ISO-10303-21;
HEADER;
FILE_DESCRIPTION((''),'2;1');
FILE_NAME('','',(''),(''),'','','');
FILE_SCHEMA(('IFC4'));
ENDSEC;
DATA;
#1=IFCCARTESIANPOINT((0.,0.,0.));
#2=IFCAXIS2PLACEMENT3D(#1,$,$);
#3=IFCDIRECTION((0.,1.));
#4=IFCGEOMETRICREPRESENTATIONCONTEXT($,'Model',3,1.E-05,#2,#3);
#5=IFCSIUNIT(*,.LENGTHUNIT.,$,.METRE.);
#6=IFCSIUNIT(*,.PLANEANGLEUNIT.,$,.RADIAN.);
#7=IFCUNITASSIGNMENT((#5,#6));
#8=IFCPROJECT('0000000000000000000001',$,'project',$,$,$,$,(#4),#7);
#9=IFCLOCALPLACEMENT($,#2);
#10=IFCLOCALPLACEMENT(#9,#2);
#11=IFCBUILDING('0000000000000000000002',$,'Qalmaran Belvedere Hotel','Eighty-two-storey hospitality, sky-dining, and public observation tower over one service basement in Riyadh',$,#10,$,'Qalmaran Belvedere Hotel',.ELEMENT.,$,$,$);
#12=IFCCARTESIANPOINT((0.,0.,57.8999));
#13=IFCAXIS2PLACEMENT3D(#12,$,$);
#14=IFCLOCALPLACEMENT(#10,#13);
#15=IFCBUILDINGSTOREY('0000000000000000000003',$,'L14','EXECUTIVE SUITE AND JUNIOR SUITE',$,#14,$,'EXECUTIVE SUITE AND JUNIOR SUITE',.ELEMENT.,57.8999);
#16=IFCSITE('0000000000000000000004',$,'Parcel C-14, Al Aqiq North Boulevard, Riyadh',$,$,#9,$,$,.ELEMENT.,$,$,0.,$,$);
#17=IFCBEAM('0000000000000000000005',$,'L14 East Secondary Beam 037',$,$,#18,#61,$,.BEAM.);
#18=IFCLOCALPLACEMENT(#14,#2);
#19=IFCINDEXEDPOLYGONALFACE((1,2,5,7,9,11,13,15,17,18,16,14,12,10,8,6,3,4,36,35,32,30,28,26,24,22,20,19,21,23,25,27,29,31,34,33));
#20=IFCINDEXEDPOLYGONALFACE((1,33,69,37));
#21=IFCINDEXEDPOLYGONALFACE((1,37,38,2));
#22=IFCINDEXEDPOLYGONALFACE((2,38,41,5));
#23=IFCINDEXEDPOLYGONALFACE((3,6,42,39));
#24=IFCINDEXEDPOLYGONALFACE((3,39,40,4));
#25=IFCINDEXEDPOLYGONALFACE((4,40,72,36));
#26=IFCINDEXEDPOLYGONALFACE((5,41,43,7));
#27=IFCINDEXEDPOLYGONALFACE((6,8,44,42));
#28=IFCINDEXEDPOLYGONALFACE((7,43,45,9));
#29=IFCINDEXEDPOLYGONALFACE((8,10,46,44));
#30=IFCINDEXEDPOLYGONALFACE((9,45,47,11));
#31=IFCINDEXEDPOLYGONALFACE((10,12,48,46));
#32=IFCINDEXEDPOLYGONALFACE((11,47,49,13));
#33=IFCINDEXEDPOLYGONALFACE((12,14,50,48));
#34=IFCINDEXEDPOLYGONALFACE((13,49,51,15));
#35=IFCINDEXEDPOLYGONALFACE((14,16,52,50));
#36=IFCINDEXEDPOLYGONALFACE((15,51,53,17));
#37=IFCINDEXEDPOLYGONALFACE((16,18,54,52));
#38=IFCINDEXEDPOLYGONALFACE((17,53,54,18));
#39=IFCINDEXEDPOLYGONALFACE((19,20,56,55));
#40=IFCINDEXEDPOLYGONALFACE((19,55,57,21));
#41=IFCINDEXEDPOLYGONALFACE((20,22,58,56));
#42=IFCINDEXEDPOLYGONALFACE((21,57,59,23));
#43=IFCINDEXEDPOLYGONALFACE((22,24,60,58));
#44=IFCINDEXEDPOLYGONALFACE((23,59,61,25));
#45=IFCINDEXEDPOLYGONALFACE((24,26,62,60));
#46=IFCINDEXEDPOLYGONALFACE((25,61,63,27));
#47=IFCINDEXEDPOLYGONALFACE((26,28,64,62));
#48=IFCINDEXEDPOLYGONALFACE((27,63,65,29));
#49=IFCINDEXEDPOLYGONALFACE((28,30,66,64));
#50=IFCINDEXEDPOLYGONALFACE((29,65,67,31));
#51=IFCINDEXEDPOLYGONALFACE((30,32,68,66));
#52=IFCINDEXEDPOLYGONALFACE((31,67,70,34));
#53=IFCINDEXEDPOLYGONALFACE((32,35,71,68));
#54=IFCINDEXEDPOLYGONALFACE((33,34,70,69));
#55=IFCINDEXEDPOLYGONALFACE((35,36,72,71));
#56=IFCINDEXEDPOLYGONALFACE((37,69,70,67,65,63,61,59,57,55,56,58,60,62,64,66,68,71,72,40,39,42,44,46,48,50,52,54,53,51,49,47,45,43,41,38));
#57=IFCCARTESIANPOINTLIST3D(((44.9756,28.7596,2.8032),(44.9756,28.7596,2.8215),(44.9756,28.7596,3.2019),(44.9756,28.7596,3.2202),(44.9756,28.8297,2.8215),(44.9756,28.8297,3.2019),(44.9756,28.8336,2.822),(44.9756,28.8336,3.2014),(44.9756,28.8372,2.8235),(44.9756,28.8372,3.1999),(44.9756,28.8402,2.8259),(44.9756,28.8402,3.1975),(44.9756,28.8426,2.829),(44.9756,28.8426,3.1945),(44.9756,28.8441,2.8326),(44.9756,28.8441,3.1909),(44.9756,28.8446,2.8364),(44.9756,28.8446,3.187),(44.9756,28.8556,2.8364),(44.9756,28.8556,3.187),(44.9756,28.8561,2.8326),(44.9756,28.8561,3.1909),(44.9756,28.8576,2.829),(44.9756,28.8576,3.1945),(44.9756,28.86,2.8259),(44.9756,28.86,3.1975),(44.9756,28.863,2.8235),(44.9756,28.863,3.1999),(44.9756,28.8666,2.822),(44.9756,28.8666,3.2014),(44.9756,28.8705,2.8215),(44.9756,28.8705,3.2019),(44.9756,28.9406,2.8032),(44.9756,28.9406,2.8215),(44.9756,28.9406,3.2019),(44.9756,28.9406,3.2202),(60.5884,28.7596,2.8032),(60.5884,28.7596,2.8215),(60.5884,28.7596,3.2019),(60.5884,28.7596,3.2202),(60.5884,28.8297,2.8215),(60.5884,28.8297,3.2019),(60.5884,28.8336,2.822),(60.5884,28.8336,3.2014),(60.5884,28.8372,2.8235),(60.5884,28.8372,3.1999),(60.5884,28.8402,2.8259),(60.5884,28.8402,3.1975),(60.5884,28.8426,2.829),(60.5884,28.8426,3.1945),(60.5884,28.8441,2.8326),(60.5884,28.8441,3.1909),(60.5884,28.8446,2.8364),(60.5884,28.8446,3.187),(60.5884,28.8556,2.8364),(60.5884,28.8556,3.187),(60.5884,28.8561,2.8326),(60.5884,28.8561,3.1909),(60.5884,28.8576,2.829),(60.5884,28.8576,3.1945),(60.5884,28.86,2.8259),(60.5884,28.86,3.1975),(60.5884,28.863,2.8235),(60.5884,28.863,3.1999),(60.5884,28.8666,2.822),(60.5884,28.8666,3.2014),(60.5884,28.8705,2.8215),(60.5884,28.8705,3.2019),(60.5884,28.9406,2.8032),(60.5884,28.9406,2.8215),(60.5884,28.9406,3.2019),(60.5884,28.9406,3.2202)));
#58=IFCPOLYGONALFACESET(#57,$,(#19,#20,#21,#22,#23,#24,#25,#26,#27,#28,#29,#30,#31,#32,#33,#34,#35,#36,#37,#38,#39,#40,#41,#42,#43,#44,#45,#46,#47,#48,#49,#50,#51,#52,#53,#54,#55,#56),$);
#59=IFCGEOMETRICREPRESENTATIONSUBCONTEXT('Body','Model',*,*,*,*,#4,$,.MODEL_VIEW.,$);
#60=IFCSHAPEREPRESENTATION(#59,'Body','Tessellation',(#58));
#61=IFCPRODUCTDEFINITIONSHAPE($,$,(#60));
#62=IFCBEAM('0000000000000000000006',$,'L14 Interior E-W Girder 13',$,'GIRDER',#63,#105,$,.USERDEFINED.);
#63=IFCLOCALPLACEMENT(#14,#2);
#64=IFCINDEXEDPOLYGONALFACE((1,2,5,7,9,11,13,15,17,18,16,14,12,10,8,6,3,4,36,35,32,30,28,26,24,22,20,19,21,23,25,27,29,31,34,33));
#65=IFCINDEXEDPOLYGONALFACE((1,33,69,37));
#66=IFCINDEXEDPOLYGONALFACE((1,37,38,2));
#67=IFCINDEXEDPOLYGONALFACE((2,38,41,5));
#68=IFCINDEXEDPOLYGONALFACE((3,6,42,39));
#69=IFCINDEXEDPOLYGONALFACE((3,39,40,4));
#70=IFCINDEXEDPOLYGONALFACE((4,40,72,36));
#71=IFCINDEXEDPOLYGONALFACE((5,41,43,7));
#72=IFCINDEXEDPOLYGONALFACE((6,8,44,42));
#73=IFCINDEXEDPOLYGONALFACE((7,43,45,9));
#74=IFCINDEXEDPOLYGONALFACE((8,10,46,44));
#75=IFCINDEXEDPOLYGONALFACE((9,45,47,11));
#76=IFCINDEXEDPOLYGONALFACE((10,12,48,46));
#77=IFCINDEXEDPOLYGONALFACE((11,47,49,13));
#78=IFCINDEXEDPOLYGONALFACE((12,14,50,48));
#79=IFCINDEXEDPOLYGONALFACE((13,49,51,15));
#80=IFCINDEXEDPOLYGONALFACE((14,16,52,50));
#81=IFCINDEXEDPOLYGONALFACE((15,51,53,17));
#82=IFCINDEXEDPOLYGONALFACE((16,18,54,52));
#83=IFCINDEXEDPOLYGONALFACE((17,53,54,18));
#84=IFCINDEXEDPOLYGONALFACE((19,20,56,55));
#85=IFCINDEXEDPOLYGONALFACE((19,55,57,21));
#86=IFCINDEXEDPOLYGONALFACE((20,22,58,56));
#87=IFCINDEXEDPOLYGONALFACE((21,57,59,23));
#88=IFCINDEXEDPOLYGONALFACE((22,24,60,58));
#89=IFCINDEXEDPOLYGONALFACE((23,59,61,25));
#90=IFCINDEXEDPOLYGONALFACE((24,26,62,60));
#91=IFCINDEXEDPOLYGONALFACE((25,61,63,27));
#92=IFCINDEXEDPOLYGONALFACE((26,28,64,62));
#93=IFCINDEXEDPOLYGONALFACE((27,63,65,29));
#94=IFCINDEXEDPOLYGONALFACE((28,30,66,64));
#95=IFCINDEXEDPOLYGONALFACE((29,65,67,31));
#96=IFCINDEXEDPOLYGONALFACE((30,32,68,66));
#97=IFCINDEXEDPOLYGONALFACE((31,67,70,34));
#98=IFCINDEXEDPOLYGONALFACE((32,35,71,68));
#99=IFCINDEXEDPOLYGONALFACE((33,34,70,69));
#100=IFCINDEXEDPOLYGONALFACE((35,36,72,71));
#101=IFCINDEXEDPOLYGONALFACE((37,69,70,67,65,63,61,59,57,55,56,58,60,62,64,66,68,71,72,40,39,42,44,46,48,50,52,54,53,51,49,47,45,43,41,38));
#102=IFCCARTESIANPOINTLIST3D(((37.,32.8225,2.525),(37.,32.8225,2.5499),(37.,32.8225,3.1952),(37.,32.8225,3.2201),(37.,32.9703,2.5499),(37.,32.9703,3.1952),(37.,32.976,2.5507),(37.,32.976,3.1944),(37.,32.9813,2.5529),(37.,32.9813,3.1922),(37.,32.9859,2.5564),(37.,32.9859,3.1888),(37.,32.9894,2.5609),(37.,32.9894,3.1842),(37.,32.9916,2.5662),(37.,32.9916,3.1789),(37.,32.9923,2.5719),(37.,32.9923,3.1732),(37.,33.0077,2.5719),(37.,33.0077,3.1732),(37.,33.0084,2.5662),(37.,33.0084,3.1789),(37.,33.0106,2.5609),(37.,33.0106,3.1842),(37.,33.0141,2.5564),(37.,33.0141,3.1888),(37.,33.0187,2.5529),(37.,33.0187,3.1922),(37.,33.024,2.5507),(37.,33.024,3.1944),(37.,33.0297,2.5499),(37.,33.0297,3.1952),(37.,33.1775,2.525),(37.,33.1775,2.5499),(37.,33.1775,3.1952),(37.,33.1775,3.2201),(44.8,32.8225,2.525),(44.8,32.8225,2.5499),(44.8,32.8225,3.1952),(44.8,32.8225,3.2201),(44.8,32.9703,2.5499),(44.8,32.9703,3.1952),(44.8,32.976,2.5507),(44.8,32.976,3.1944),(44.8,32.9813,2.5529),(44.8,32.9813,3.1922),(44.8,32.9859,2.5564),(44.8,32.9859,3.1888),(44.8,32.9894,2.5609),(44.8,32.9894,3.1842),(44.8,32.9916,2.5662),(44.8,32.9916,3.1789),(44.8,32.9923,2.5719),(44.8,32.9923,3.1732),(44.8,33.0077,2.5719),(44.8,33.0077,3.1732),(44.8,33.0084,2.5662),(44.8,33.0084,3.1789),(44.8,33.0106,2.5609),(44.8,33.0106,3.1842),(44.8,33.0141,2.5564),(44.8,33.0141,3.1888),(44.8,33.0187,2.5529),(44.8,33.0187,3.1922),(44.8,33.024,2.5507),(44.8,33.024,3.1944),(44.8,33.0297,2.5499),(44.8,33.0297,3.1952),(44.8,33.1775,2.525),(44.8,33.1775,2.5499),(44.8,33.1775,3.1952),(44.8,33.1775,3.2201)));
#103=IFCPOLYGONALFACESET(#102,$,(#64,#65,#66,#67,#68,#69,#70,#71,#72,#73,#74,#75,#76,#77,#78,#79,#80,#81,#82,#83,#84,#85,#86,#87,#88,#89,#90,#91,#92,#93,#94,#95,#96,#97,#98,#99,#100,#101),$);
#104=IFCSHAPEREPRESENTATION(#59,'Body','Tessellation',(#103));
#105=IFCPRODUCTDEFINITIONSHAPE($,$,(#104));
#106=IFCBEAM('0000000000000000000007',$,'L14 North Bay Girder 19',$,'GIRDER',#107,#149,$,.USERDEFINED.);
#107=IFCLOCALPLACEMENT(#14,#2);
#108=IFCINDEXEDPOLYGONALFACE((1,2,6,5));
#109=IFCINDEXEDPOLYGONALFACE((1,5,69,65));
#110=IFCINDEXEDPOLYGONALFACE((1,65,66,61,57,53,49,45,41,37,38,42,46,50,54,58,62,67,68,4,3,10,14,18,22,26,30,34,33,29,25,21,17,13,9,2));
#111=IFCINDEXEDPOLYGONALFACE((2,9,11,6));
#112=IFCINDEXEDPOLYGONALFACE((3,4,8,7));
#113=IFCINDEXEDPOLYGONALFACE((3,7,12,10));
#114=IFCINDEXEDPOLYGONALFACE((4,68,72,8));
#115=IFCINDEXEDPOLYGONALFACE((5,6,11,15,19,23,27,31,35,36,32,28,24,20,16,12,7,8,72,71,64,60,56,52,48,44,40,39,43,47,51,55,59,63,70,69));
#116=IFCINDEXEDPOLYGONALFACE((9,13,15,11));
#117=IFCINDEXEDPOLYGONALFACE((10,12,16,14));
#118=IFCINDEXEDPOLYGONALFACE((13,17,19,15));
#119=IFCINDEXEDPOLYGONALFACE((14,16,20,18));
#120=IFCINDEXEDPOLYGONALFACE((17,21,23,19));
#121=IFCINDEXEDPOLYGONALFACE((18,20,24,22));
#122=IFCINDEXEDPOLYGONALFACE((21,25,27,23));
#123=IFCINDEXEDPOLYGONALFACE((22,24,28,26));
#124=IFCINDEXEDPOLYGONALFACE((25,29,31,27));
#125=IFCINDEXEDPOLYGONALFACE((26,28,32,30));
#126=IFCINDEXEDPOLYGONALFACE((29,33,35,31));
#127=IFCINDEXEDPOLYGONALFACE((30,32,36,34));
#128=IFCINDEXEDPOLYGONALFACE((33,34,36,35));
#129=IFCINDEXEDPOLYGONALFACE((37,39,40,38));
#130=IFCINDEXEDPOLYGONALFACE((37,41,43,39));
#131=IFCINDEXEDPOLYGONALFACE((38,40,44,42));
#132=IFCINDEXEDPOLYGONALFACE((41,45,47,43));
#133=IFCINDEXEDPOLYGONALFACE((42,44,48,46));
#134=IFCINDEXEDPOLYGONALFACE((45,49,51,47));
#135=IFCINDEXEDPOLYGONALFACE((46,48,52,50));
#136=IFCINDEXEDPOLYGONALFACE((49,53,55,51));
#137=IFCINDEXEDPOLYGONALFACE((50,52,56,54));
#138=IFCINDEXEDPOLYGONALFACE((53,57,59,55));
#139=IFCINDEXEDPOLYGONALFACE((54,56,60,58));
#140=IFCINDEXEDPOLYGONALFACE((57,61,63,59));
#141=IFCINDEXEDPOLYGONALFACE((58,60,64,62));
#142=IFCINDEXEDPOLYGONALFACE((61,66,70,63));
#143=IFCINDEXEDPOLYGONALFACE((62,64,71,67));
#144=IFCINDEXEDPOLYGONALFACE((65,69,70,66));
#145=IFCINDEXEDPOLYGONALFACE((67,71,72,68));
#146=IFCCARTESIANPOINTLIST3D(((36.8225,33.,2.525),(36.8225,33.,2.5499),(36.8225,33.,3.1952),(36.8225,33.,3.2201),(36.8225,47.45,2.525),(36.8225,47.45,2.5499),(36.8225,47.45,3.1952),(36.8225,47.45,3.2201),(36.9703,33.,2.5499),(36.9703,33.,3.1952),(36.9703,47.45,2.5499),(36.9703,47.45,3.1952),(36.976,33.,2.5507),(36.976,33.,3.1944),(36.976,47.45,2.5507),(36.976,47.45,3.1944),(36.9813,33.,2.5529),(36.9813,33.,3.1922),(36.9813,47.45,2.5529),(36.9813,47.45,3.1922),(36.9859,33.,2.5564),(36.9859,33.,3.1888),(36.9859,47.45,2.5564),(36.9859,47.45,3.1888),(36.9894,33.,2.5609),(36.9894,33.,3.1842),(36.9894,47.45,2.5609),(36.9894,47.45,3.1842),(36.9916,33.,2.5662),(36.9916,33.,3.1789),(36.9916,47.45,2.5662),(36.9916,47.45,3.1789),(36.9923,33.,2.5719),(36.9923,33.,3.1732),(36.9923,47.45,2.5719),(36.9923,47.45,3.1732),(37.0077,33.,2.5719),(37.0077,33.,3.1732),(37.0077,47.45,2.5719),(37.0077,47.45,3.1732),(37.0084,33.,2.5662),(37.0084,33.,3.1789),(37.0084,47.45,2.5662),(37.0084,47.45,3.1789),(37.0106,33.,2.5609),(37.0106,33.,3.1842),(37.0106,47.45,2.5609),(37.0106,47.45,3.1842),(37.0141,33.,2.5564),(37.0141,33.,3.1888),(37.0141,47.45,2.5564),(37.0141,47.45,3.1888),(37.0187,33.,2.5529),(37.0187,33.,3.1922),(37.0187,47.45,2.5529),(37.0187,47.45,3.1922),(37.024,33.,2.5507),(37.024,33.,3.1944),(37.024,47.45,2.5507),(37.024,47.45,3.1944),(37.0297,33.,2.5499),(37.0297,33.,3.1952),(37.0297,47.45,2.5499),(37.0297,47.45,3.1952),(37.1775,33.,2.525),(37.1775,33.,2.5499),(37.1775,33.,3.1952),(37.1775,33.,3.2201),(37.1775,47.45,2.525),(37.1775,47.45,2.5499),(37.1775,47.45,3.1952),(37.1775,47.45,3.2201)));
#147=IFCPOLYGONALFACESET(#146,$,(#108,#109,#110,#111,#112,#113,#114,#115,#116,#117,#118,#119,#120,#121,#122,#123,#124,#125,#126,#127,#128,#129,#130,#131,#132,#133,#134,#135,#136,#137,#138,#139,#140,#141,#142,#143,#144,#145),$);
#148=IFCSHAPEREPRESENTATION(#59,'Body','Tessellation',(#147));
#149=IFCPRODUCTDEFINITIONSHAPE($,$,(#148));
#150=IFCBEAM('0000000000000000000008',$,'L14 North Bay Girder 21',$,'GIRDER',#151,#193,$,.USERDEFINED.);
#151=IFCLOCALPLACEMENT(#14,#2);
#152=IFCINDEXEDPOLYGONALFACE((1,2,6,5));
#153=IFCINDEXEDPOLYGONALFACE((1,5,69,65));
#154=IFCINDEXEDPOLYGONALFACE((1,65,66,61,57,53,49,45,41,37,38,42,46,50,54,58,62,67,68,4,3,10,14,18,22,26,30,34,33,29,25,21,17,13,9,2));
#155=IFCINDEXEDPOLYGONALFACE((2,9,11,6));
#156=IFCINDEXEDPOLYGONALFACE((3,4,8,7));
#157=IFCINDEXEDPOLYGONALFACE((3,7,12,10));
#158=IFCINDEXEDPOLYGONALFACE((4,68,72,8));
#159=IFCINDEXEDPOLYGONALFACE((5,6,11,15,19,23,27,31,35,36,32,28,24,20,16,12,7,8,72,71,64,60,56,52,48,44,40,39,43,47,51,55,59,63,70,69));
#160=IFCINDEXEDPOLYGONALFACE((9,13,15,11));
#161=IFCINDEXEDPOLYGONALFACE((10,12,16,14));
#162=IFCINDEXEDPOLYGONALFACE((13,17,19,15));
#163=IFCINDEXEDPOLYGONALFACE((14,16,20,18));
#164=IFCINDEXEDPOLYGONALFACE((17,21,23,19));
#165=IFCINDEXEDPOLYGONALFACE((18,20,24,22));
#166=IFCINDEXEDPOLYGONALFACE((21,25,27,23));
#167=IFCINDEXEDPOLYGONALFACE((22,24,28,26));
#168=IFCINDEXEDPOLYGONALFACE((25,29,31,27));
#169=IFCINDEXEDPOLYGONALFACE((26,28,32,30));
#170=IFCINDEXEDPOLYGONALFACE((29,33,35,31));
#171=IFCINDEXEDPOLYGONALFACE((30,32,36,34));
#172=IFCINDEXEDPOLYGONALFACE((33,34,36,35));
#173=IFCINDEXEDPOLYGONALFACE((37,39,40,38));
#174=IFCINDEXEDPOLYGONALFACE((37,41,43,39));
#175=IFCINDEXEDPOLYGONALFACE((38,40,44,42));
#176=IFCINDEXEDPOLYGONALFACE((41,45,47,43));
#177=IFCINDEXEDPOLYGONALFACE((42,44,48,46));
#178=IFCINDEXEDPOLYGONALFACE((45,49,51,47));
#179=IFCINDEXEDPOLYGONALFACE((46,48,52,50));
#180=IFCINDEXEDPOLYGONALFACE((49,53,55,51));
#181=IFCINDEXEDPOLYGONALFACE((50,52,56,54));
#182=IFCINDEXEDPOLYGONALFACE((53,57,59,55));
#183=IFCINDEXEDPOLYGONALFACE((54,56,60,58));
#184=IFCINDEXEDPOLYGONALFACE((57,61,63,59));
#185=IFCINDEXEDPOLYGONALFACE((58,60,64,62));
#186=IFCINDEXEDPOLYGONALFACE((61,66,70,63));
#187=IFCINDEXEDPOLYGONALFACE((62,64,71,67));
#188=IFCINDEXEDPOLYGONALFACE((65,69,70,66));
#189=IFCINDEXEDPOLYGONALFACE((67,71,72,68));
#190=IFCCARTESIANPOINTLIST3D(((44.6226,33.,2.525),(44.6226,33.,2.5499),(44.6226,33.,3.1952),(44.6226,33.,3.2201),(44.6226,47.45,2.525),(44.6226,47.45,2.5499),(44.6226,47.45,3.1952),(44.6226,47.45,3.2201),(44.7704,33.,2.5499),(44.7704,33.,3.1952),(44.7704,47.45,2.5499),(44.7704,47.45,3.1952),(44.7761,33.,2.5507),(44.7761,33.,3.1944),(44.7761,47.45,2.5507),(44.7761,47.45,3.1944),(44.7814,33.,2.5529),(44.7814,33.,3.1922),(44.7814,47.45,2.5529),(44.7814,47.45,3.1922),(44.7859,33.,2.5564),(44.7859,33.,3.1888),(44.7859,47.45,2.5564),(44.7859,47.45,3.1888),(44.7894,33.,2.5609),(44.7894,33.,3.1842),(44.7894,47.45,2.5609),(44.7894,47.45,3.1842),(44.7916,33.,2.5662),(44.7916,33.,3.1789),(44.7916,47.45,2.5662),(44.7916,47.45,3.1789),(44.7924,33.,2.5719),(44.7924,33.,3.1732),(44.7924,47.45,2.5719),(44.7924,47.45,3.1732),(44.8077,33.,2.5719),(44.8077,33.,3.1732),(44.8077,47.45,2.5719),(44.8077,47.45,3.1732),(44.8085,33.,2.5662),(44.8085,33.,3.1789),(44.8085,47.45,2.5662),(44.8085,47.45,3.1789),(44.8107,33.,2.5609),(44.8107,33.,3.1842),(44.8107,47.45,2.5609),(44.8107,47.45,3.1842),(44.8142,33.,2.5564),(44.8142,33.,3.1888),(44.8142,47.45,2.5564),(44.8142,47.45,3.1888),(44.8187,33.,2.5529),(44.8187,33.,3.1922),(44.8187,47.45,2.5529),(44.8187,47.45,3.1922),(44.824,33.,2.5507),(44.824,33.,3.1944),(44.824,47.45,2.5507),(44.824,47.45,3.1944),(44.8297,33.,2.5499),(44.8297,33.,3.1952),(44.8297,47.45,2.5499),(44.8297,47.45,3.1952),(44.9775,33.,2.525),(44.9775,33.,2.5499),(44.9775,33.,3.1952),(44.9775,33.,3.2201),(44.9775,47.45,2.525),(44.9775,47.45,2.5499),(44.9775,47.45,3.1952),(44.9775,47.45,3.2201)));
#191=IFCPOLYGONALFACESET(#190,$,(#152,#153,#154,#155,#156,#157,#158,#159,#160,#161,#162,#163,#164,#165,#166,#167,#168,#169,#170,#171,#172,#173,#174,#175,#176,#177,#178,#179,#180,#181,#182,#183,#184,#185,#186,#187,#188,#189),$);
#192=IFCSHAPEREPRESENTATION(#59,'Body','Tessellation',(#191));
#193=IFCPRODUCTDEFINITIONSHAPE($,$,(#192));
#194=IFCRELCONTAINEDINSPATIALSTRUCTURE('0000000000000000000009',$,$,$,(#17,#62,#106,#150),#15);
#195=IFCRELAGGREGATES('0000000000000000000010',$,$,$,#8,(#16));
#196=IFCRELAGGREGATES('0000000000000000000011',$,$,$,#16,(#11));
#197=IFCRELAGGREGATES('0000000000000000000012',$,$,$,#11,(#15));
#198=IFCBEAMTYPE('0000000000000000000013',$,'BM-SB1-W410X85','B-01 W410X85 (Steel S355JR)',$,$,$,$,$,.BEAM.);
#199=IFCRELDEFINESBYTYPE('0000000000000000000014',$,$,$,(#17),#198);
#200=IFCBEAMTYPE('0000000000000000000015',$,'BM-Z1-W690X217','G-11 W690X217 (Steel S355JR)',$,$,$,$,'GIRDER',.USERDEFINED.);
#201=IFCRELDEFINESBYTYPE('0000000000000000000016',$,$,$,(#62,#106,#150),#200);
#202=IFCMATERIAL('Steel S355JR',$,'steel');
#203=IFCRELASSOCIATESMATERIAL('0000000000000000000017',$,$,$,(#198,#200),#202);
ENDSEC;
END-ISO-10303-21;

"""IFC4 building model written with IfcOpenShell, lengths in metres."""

from ifc_helpers import new_model, si_unit, direction, frame, origin, origin_2d, place, context, subcontext, project, spatial, i_section, extrude, material, material_profile, profile_set, type_object, element, save


model = new_model("IFC4")

# Units and contexts
model_context = context("Model", 3, precision=1e-05, world=origin(), true_north=direction((0.0, 1.0)))
body_context = subcontext(model_context, "Body", "Model", "MODEL_VIEW")
ifc_project = project(units=[si_unit("LENGTHUNIT", "METRE"), si_unit("PLANEANGLEUNIT", "RADIAN")], contexts=[model_context])

# Site, building, storey
site_placement = place(None, origin())
site = spatial("IfcSite", under=ifc_project, at=site_placement, Name="Parcel C-14, Al Aqiq North Boulevard, Riyadh", CompositionType="ELEMENT", RefElevation=0.0)
building_placement = place(site_placement, origin())
building = spatial("IfcBuilding", under=site, at=building_placement, Name="Qalmaran Belvedere Hotel", Description="Eighty-two-storey hospitality, sky-dining, and public observation tower over one service basement in Riyadh", LongName="Qalmaran Belvedere Hotel", CompositionType="ELEMENT")
storey_placement = place(building_placement, frame((0.0, 0.0, 57.8999)))
storey = spatial("IfcBuildingStorey", under=building, at=storey_placement, Name="L14", Description="EXECUTIVE SUITE AND JUNIOR SUITE", LongName="EXECUTIVE SUITE AND JUNIOR SUITE", CompositionType="ELEMENT", Elevation=57.8999)

# Beams
ifc_material_1 = material(Name="Steel S355JR", Category="steel")
ifc_material_profile_1 = material_profile(ifc_material_1, i_section(OverallWidth=0.1809, OverallDepth=0.417, WebThickness=0.011, FlangeThickness=0.0183, FilletRadius=0.0149, at=origin_2d()), Name="W410X85")
ifc_profile_set_1 = profile_set([ifc_material_profile_1], Name="Steel S355JR")
beam_type_1 = type_object("IfcBeamType", Name="BM-SB1-W410X85", Description="B-01 W410X85 (Steel S355JR)", PredefinedType="BEAM", material=ifc_profile_set_1)
beam_1_placement = place(storey_placement, frame((44.9756, 28.8501, 3.0117), z_axis=(1.0, 0.0, 0.0), x_axis=(0.0, 1.0, 0.0)))
element("IfcBeam", 1, at=beam_1_placement, inside=storey, type_object=beam_type_1, Name="L14 East Secondary Beam 037", PredefinedType="BEAM", context=body_context, shape_type="SweptSolid", body=[
    extrude(i_section(OverallWidth=0.1809, OverallDepth=0.417, WebThickness=0.011, FlangeThickness=0.0183, FilletRadius=0.0149, at=origin_2d()), origin(), (0.0, 0.0, 1.0), 15.6128),
])
ifc_material_profile_2 = material_profile(ifc_material_1, i_section(OverallWidth=0.355, OverallDepth=0.6951, WebThickness=0.0154, FlangeThickness=0.0249, FilletRadius=0.022, at=origin_2d()), Name="W690X217")
ifc_profile_set_2 = profile_set([ifc_material_profile_2], Name="Steel S355JR")
beam_type_2 = type_object("IfcBeamType", Name="BM-Z1-W690X217", Description="G-11 W690X217 (Steel S355JR)", ElementType="GIRDER", PredefinedType="USERDEFINED", material=ifc_profile_set_2)
beam_2_placement = place(storey_placement, frame((37.0, 33.0, 2.8726), z_axis=(1.0, 0.0, 0.0), x_axis=(0.0, 1.0, 0.0)))
element("IfcBeam", 2, at=beam_2_placement, inside=storey, type_object=beam_type_2, Name="L14 Interior E-W Girder 13", ObjectType="GIRDER", PredefinedType="USERDEFINED", context=body_context, shape_type="SweptSolid", body=[
    extrude(i_section(OverallWidth=0.355, OverallDepth=0.6951, WebThickness=0.0154, FlangeThickness=0.0249, FilletRadius=0.022, at=origin_2d()), origin(), (0.0, 0.0, 1.0), 7.8),
])
for number, where, z_axis, x_axis, name in (
    (3, (37.0, 33.0, 2.8726), (0.0, 1.0, 0.0), (-1.0, 0.0, 0.0), "L14 North Bay Girder 19"),
    (4, (44.8, 33.0, 2.8726), (0.0, 1.0, 0.0), (-1.0, 0.0, 0.0), "L14 North Bay Girder 21"),
):
    element("IfcBeam", number, at=place(storey_placement, frame(where, z_axis=z_axis, x_axis=x_axis)), inside=storey, type_object=beam_type_2, Name=name, ObjectType="GIRDER", PredefinedType="USERDEFINED", context=body_context, shape_type="SweptSolid", body=[
        extrude(i_section(OverallWidth=0.355, OverallDepth=0.6951, WebThickness=0.0154, FlangeThickness=0.0249, FilletRadius=0.022, at=origin_2d()), origin(), (0.0, 0.0, 1.0), 14.45),
    ])

save(model, "model.ifc")
